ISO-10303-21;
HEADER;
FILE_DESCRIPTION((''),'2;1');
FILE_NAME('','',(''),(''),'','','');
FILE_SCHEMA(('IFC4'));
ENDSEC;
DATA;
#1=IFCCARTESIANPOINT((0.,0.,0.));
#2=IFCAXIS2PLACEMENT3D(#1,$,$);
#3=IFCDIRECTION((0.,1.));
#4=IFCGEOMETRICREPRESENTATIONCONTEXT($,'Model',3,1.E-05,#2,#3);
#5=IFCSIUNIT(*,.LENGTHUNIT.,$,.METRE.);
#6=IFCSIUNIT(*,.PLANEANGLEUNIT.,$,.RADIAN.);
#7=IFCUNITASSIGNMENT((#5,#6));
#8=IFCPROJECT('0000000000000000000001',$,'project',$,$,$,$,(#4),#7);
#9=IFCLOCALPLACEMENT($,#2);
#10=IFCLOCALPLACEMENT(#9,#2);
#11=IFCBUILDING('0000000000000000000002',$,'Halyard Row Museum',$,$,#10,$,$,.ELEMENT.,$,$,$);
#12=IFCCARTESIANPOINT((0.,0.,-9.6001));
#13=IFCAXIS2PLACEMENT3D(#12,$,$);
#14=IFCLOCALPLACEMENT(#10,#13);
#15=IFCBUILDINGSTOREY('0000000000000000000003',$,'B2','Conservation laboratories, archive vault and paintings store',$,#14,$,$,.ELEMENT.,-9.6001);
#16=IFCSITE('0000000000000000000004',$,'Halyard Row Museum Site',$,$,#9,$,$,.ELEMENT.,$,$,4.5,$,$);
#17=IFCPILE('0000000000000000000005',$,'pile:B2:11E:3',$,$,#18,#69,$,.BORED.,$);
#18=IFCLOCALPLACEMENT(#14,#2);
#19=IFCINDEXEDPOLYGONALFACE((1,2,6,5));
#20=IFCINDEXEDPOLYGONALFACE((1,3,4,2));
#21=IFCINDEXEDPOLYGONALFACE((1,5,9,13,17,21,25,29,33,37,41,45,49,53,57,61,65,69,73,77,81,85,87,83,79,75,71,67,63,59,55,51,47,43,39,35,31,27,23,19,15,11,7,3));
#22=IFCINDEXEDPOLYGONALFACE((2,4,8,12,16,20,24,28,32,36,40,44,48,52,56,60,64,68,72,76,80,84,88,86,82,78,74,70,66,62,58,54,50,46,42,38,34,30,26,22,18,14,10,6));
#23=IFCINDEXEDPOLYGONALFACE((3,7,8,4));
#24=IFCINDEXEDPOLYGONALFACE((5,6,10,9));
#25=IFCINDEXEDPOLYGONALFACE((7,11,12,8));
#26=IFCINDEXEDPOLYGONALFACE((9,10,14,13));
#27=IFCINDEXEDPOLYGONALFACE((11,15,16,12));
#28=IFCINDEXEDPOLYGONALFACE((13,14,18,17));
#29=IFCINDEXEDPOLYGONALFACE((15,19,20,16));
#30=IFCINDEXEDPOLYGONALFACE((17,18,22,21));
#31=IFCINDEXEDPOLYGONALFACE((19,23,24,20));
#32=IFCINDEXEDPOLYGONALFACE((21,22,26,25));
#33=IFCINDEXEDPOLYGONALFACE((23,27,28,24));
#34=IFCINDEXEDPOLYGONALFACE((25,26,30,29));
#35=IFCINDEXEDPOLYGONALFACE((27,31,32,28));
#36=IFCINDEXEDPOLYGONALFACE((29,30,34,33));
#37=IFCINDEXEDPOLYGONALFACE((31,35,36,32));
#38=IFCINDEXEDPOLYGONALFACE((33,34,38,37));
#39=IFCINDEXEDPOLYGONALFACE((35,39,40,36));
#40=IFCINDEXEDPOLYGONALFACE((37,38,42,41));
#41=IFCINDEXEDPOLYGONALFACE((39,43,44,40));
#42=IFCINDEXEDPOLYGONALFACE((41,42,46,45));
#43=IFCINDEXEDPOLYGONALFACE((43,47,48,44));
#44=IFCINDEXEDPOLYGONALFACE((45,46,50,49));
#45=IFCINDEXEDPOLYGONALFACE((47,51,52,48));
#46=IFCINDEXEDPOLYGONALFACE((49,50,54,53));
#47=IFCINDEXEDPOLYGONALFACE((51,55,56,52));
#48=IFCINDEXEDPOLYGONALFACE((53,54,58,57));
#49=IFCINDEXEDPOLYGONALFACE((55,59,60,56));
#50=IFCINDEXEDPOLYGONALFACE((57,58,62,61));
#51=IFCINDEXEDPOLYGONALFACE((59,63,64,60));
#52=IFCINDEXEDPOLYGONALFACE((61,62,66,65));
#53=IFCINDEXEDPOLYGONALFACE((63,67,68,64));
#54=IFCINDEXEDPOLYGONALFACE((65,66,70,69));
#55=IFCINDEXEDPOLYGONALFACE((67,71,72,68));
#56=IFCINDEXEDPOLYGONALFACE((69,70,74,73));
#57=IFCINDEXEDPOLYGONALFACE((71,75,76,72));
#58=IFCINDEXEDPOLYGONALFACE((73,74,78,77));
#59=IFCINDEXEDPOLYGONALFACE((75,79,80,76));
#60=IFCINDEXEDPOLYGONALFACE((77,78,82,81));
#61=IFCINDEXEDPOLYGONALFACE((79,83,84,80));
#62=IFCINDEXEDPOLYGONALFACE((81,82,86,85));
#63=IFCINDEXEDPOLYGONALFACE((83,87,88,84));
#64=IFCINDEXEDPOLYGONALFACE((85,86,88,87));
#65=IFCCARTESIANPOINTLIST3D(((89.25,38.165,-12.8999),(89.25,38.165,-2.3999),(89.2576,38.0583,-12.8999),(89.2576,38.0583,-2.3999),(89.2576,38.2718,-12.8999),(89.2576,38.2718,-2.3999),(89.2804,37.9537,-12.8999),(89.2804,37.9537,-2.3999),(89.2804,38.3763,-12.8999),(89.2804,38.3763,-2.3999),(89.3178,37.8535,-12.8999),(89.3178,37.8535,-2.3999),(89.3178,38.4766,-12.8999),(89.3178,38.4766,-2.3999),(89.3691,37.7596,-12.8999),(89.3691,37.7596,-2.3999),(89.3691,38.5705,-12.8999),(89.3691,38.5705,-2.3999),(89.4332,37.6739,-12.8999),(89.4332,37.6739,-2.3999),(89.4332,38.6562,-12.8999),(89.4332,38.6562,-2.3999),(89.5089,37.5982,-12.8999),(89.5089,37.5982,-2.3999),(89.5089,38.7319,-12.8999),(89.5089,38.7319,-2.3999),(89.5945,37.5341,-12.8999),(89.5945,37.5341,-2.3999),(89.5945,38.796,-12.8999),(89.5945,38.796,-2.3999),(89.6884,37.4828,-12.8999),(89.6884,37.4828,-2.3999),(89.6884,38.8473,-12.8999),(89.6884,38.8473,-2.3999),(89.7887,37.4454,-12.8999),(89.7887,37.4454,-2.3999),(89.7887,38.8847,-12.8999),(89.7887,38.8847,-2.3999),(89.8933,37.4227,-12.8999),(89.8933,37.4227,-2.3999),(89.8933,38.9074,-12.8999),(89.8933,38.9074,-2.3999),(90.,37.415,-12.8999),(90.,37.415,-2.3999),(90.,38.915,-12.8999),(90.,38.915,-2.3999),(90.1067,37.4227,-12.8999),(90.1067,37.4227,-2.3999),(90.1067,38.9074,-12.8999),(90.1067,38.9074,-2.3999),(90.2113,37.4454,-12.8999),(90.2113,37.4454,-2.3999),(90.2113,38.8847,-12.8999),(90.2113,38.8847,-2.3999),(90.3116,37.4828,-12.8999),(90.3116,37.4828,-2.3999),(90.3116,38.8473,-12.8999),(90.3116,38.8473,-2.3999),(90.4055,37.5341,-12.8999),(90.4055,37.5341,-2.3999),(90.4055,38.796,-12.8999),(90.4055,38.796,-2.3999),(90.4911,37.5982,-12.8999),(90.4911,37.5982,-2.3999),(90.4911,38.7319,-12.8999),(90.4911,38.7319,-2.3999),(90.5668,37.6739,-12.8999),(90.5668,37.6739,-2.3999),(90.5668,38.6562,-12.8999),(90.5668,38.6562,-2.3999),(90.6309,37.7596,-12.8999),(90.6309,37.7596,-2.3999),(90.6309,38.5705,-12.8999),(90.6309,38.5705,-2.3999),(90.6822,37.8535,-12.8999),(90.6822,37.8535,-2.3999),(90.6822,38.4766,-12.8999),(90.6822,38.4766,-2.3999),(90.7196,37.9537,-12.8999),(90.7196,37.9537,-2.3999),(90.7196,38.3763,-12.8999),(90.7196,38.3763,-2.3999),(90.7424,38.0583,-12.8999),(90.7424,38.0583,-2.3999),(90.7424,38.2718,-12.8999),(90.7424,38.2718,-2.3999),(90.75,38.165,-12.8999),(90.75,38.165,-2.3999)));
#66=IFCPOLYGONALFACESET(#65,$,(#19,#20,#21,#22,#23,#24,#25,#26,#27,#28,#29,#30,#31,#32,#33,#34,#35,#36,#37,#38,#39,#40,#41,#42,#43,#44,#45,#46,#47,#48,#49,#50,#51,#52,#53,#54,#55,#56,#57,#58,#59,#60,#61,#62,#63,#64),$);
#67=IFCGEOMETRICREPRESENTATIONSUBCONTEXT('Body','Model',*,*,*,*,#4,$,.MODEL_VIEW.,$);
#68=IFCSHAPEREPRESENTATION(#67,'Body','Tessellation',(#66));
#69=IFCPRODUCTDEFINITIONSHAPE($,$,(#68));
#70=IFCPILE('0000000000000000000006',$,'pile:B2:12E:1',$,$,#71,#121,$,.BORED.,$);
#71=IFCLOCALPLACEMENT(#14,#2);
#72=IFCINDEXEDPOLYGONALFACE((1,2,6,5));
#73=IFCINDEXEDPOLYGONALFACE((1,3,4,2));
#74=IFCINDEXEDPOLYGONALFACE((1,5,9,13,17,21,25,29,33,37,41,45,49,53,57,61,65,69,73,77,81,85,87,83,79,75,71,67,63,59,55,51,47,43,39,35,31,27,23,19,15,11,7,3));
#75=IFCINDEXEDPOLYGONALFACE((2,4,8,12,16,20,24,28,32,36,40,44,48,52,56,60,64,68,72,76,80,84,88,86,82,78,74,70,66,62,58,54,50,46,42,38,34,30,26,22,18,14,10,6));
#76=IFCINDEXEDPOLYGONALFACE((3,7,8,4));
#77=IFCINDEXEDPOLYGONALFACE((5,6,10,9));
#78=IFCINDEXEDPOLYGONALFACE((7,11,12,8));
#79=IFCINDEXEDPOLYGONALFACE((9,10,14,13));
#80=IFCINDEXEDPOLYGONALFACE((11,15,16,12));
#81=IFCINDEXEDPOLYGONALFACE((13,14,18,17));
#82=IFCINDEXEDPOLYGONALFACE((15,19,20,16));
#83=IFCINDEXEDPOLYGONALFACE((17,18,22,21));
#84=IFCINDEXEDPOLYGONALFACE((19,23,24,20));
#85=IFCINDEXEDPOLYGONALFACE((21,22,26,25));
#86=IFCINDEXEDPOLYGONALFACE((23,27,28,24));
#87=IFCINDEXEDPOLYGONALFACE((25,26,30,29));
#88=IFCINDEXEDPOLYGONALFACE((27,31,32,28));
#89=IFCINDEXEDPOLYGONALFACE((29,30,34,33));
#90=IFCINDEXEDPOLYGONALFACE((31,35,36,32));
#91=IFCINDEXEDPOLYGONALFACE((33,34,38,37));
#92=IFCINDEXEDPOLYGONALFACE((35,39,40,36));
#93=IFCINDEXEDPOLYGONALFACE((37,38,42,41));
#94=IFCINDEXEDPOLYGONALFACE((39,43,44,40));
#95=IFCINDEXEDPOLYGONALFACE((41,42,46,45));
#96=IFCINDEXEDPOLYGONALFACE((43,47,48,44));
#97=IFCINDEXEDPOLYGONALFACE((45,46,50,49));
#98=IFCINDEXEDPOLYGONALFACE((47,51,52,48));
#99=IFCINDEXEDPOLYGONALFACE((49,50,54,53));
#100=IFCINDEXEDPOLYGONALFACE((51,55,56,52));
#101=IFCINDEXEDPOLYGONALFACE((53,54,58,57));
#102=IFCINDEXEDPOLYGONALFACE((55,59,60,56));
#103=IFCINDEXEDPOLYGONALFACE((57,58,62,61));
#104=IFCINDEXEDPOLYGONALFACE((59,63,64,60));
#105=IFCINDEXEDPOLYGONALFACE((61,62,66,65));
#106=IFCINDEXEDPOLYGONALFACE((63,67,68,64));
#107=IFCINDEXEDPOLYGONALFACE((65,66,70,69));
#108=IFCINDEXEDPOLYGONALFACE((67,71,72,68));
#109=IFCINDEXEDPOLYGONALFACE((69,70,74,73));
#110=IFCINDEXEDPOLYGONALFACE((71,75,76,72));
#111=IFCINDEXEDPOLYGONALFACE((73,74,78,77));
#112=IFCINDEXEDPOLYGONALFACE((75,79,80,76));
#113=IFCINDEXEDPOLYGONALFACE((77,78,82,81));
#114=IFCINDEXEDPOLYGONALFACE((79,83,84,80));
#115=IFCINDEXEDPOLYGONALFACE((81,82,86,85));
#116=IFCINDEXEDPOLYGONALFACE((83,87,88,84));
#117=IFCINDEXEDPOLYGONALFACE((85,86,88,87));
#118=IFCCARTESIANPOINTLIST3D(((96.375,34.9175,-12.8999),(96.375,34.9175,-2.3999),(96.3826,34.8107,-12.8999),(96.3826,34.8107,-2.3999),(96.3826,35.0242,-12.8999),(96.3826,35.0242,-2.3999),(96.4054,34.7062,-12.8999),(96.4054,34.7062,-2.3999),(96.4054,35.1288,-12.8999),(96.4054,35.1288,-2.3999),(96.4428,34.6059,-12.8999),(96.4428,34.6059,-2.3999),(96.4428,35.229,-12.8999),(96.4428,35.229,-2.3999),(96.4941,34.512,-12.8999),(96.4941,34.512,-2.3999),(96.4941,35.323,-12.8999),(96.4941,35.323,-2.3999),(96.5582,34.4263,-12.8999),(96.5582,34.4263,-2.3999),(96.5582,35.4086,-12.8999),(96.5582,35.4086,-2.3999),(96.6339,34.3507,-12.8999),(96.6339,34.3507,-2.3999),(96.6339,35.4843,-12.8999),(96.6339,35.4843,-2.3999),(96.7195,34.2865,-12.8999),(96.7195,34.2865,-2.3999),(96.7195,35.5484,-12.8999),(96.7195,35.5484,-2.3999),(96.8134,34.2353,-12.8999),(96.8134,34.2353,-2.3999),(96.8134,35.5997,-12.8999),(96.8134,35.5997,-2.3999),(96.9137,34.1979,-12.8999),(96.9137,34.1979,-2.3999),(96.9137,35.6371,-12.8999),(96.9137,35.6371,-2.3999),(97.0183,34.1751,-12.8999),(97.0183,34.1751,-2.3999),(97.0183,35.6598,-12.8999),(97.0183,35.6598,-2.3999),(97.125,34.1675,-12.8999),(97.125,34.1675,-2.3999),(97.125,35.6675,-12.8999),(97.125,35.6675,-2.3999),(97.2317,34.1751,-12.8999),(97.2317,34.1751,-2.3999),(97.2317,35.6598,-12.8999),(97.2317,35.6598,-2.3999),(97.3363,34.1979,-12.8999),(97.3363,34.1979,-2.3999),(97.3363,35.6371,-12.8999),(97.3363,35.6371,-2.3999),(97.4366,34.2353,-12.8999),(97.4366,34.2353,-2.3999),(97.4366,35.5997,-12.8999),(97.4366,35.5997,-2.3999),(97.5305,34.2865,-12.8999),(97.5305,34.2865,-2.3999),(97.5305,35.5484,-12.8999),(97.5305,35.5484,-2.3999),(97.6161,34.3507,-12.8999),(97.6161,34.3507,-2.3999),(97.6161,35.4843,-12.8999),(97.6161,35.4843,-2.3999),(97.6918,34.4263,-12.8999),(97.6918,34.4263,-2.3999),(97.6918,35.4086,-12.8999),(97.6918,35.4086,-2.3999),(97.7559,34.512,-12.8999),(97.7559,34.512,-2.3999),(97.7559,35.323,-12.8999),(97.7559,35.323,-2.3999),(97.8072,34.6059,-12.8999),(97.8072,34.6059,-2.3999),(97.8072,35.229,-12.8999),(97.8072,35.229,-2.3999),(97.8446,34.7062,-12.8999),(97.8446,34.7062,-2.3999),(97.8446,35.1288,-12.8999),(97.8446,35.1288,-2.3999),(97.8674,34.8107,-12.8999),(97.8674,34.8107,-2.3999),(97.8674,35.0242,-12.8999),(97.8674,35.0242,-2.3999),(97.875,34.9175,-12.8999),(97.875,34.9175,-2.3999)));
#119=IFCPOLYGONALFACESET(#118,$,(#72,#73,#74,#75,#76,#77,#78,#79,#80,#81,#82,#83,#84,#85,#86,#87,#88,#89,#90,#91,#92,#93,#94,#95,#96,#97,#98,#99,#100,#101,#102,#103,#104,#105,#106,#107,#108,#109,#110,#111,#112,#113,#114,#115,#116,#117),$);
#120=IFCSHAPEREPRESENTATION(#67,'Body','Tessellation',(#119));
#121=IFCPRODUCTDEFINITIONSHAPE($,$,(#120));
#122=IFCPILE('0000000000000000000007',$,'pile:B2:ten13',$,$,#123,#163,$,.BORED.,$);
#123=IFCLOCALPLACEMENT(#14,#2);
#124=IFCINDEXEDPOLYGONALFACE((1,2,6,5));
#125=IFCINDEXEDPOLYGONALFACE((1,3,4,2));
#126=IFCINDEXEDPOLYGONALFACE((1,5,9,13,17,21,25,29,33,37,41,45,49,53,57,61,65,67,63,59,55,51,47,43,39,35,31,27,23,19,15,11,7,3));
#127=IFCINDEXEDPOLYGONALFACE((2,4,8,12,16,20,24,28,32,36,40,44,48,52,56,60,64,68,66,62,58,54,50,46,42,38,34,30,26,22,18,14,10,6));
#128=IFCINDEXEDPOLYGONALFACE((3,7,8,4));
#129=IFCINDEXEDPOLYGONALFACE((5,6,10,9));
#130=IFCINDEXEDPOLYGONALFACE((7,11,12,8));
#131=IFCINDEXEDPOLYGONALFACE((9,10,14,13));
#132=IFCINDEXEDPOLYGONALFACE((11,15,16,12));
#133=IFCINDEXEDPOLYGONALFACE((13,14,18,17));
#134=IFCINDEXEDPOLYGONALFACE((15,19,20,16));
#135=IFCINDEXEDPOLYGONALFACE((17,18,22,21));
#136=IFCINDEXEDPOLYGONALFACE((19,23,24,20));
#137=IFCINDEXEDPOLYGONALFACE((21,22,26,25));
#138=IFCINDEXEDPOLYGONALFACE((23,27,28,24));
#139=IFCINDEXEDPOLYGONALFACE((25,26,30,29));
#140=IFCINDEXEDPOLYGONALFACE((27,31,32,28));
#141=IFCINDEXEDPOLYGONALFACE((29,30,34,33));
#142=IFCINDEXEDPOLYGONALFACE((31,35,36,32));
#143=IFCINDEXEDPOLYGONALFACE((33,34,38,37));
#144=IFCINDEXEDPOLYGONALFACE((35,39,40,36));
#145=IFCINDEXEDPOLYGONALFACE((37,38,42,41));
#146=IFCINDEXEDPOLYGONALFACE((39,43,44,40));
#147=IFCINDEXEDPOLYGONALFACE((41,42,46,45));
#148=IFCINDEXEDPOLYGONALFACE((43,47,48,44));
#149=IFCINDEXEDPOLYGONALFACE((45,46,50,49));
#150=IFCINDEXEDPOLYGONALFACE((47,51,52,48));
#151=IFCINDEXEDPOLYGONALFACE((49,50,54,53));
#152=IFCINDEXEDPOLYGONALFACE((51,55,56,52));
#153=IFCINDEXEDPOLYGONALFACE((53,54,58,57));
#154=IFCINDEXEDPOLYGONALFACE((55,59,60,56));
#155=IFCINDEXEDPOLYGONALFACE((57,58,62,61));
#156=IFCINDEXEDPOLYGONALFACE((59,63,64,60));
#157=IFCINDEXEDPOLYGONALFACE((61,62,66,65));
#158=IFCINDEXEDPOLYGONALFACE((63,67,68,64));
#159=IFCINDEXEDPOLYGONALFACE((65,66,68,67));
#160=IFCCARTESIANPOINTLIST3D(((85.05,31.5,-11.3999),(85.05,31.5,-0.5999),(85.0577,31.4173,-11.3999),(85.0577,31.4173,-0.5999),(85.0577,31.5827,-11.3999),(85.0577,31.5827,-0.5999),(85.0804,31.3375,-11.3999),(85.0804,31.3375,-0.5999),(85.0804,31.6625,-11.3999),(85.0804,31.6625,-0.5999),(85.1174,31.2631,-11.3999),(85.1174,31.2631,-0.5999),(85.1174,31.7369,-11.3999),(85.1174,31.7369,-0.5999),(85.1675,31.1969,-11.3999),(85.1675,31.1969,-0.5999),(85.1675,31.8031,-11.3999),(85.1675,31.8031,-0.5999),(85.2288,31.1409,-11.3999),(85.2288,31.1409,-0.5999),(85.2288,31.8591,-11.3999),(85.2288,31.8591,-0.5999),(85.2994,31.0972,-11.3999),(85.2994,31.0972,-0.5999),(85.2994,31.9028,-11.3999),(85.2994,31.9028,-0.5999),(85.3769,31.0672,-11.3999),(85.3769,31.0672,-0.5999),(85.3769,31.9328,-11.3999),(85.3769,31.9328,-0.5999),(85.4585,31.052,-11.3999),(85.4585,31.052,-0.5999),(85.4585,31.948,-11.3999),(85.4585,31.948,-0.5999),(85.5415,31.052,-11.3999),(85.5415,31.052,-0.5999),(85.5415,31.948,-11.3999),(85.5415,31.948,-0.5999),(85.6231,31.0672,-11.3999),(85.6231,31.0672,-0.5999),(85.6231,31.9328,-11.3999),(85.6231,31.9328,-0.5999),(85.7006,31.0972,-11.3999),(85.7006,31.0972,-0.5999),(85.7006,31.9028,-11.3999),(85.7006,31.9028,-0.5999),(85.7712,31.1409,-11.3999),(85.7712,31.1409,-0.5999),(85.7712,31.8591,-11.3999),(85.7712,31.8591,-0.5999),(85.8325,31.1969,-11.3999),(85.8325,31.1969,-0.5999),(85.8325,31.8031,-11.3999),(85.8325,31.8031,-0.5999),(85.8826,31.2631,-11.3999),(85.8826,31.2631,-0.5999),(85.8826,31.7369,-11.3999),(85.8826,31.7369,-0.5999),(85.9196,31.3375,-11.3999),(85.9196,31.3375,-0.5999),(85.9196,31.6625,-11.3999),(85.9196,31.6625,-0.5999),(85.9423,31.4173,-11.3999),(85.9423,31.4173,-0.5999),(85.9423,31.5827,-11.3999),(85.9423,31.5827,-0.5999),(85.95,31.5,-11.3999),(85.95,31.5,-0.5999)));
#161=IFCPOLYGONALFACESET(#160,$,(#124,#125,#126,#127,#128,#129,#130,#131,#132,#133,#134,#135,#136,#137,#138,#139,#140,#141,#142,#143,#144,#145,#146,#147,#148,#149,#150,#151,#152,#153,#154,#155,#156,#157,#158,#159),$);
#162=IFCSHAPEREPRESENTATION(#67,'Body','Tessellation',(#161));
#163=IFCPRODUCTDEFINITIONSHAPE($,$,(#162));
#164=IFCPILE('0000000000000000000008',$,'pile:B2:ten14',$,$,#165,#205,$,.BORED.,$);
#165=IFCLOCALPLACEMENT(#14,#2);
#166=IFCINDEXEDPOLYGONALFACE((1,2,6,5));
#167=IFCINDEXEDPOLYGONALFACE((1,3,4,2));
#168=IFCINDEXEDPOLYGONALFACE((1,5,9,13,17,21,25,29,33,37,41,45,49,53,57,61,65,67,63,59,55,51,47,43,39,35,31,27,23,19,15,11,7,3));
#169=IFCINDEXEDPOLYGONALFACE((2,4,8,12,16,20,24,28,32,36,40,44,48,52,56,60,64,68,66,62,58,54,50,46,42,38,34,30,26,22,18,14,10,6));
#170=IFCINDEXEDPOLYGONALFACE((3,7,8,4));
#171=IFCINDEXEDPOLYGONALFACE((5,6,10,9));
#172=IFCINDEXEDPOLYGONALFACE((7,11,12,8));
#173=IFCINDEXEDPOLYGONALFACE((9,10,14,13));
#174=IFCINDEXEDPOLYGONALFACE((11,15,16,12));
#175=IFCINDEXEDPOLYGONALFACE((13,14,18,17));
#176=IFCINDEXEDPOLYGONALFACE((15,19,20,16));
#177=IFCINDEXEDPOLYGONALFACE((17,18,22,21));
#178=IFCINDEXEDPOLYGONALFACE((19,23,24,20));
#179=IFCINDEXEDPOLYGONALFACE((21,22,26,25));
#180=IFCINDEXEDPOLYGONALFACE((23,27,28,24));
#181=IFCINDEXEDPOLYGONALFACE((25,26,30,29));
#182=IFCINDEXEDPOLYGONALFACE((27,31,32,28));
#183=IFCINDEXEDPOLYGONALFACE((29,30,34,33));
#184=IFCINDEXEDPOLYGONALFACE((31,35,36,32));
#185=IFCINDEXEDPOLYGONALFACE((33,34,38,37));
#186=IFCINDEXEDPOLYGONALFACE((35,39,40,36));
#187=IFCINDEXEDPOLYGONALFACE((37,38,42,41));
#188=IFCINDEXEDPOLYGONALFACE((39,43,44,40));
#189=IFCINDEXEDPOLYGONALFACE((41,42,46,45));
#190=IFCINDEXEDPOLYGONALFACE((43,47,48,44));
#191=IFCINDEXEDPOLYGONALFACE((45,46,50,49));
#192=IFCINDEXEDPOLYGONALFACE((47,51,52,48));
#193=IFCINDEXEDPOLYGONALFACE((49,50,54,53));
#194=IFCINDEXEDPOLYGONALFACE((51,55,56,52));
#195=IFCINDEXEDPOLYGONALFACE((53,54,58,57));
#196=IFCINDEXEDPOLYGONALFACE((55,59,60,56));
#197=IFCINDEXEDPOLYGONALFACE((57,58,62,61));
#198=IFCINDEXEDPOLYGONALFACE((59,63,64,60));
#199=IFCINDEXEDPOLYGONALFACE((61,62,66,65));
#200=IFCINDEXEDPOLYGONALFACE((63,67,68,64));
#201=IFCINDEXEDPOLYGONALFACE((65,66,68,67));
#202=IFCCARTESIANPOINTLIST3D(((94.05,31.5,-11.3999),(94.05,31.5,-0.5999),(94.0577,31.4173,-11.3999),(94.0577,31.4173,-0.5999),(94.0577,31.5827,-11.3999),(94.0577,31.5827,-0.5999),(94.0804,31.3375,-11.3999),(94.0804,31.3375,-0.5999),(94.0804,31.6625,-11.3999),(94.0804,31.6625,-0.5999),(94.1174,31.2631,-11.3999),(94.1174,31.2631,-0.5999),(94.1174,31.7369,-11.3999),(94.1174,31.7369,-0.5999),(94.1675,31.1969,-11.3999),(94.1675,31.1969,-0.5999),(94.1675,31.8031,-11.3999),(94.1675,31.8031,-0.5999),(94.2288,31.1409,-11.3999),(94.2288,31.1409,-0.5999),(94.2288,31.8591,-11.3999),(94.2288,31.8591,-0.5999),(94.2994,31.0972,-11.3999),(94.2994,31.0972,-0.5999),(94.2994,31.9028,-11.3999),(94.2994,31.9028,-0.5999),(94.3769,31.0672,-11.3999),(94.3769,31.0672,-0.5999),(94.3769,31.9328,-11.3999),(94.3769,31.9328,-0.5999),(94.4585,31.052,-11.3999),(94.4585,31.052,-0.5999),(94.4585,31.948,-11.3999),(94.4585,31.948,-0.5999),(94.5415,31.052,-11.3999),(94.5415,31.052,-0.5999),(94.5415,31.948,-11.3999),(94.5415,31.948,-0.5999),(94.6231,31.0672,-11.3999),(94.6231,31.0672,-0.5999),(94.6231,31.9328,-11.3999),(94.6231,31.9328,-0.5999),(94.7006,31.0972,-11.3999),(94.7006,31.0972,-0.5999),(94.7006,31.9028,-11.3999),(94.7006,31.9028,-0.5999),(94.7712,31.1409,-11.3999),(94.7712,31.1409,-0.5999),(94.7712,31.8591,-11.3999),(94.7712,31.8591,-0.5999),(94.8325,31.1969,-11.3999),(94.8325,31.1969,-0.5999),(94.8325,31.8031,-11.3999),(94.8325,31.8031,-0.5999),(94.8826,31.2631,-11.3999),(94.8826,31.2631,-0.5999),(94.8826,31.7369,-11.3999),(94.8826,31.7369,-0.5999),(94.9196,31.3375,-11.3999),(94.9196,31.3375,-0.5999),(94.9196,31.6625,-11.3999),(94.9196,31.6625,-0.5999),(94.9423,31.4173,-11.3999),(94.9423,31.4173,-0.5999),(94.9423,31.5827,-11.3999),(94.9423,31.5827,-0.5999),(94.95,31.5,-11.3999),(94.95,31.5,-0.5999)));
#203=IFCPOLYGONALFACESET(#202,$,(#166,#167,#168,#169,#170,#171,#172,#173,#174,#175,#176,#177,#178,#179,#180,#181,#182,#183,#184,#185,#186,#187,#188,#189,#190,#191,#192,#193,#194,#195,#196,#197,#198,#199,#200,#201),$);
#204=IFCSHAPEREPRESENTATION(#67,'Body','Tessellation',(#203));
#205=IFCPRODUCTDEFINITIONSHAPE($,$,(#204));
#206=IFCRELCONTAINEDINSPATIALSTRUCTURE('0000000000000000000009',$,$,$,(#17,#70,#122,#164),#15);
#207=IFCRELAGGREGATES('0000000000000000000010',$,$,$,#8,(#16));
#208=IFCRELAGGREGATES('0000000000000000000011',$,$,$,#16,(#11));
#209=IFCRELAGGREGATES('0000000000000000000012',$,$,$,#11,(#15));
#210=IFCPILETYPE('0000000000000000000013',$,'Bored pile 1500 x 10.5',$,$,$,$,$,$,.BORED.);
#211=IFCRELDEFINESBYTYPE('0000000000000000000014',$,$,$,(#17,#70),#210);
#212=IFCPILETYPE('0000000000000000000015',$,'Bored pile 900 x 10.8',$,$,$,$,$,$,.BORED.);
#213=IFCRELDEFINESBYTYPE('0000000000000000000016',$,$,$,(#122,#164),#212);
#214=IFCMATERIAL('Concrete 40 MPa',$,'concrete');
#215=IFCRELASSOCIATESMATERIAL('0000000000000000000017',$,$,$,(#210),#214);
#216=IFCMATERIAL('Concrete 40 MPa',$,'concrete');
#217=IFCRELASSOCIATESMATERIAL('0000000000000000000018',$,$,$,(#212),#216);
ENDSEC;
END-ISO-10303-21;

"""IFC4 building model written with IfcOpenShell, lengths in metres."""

from ifc_helpers import new_model, si_unit, direction, frame, origin, origin_2d, place, context, subcontext, project, spatial, circle, extrude, material, material_profile, profile_set, type_object, element, save


model = new_model("IFC4")

# Units and contexts
model_context = context("Model", 3, precision=1e-05, world=origin(), true_north=direction((0.0, 1.0)))
body_context = subcontext(model_context, "Body", "Model", "MODEL_VIEW")
ifc_project = project(units=[si_unit("LENGTHUNIT", "METRE"), si_unit("PLANEANGLEUNIT", "RADIAN")], contexts=[model_context])

# Site, building, storey
site_placement = place(None, origin())
site = spatial("IfcSite", under=ifc_project, at=site_placement, Name="Halyard Row Museum Site", CompositionType="ELEMENT", RefElevation=4.5)
building_placement = place(site_placement, origin())
building = spatial("IfcBuilding", under=site, at=building_placement, Name="Halyard Row Museum", CompositionType="ELEMENT")
storey_placement = place(building_placement, frame((0.0, 0.0, -9.6001)))
storey = spatial("IfcBuildingStorey", under=building, at=storey_placement, Name="B2", Description="Conservation laboratories, archive vault and paintings store", CompositionType="ELEMENT", Elevation=-9.6001)

# Piles
ifc_material_1 = material(Name="Concrete 40 MPa", Category="concrete")
ifc_material_profile_1 = material_profile(ifc_material_1, circle(Radius=0.75, at=origin_2d()), Name="Bored pile 1500 x 10.5")
ifc_profile_set_1 = profile_set([ifc_material_profile_1], Name="Concrete 40 MPa")
pile_type_1 = type_object("IfcPileType", Name="Bored pile 1500 x 10.5", PredefinedType="BORED", material=ifc_profile_set_1)
for number, where, z_axis, x_axis, name in (
    (1, (90.0, 38.165, -2.3999), (0.0, 0.0, -1.0), (1.0, 0.0, 0.0), "pile:B2:11E:3"),
    (2, (97.125, 34.9175, -2.3999), (0.0, 0.0, -1.0), (1.0, 0.0, 0.0), "pile:B2:12E:1"),
):
    element("IfcPile", number, at=place(storey_placement, frame(where, z_axis=z_axis, x_axis=x_axis)), inside=storey, type_object=pile_type_1, Name=name, PredefinedType="BORED", context=body_context, shape_type="SweptSolid", body=[
        extrude(circle(Radius=0.75, at=origin_2d()), origin(), (0.0, 0.0, 1.0), 10.5),
    ])
ifc_material_2 = material(Name="Concrete 40 MPa", Category="concrete")
ifc_material_profile_2 = material_profile(ifc_material_2, circle(Radius=0.45, at=origin_2d()), Name="Bored pile 900 x 10.8")
ifc_profile_set_2 = profile_set([ifc_material_profile_2], Name="Concrete 40 MPa")
pile_type_2 = type_object("IfcPileType", Name="Bored pile 900 x 10.8", PredefinedType="BORED", material=ifc_profile_set_2)
for number, where, z_axis, x_axis, name in (
    (3, (85.5, 31.5, -0.5999), (0.0, 0.0, -1.0), (1.0, 0.0, 0.0), "pile:B2:ten13"),
    (4, (94.5, 31.5, -0.5999), (0.0, 0.0, -1.0), (1.0, 0.0, 0.0), "pile:B2:ten14"),
):
    element("IfcPile", number, at=place(storey_placement, frame(where, z_axis=z_axis, x_axis=x_axis)), inside=storey, type_object=pile_type_2, Name=name, PredefinedType="BORED", context=body_context, shape_type="SweptSolid", body=[
        extrude(circle(Radius=0.45, at=origin_2d()), origin(), (0.0, 0.0, 1.0), 10.8),
    ])

save(model, "model.ifc")
